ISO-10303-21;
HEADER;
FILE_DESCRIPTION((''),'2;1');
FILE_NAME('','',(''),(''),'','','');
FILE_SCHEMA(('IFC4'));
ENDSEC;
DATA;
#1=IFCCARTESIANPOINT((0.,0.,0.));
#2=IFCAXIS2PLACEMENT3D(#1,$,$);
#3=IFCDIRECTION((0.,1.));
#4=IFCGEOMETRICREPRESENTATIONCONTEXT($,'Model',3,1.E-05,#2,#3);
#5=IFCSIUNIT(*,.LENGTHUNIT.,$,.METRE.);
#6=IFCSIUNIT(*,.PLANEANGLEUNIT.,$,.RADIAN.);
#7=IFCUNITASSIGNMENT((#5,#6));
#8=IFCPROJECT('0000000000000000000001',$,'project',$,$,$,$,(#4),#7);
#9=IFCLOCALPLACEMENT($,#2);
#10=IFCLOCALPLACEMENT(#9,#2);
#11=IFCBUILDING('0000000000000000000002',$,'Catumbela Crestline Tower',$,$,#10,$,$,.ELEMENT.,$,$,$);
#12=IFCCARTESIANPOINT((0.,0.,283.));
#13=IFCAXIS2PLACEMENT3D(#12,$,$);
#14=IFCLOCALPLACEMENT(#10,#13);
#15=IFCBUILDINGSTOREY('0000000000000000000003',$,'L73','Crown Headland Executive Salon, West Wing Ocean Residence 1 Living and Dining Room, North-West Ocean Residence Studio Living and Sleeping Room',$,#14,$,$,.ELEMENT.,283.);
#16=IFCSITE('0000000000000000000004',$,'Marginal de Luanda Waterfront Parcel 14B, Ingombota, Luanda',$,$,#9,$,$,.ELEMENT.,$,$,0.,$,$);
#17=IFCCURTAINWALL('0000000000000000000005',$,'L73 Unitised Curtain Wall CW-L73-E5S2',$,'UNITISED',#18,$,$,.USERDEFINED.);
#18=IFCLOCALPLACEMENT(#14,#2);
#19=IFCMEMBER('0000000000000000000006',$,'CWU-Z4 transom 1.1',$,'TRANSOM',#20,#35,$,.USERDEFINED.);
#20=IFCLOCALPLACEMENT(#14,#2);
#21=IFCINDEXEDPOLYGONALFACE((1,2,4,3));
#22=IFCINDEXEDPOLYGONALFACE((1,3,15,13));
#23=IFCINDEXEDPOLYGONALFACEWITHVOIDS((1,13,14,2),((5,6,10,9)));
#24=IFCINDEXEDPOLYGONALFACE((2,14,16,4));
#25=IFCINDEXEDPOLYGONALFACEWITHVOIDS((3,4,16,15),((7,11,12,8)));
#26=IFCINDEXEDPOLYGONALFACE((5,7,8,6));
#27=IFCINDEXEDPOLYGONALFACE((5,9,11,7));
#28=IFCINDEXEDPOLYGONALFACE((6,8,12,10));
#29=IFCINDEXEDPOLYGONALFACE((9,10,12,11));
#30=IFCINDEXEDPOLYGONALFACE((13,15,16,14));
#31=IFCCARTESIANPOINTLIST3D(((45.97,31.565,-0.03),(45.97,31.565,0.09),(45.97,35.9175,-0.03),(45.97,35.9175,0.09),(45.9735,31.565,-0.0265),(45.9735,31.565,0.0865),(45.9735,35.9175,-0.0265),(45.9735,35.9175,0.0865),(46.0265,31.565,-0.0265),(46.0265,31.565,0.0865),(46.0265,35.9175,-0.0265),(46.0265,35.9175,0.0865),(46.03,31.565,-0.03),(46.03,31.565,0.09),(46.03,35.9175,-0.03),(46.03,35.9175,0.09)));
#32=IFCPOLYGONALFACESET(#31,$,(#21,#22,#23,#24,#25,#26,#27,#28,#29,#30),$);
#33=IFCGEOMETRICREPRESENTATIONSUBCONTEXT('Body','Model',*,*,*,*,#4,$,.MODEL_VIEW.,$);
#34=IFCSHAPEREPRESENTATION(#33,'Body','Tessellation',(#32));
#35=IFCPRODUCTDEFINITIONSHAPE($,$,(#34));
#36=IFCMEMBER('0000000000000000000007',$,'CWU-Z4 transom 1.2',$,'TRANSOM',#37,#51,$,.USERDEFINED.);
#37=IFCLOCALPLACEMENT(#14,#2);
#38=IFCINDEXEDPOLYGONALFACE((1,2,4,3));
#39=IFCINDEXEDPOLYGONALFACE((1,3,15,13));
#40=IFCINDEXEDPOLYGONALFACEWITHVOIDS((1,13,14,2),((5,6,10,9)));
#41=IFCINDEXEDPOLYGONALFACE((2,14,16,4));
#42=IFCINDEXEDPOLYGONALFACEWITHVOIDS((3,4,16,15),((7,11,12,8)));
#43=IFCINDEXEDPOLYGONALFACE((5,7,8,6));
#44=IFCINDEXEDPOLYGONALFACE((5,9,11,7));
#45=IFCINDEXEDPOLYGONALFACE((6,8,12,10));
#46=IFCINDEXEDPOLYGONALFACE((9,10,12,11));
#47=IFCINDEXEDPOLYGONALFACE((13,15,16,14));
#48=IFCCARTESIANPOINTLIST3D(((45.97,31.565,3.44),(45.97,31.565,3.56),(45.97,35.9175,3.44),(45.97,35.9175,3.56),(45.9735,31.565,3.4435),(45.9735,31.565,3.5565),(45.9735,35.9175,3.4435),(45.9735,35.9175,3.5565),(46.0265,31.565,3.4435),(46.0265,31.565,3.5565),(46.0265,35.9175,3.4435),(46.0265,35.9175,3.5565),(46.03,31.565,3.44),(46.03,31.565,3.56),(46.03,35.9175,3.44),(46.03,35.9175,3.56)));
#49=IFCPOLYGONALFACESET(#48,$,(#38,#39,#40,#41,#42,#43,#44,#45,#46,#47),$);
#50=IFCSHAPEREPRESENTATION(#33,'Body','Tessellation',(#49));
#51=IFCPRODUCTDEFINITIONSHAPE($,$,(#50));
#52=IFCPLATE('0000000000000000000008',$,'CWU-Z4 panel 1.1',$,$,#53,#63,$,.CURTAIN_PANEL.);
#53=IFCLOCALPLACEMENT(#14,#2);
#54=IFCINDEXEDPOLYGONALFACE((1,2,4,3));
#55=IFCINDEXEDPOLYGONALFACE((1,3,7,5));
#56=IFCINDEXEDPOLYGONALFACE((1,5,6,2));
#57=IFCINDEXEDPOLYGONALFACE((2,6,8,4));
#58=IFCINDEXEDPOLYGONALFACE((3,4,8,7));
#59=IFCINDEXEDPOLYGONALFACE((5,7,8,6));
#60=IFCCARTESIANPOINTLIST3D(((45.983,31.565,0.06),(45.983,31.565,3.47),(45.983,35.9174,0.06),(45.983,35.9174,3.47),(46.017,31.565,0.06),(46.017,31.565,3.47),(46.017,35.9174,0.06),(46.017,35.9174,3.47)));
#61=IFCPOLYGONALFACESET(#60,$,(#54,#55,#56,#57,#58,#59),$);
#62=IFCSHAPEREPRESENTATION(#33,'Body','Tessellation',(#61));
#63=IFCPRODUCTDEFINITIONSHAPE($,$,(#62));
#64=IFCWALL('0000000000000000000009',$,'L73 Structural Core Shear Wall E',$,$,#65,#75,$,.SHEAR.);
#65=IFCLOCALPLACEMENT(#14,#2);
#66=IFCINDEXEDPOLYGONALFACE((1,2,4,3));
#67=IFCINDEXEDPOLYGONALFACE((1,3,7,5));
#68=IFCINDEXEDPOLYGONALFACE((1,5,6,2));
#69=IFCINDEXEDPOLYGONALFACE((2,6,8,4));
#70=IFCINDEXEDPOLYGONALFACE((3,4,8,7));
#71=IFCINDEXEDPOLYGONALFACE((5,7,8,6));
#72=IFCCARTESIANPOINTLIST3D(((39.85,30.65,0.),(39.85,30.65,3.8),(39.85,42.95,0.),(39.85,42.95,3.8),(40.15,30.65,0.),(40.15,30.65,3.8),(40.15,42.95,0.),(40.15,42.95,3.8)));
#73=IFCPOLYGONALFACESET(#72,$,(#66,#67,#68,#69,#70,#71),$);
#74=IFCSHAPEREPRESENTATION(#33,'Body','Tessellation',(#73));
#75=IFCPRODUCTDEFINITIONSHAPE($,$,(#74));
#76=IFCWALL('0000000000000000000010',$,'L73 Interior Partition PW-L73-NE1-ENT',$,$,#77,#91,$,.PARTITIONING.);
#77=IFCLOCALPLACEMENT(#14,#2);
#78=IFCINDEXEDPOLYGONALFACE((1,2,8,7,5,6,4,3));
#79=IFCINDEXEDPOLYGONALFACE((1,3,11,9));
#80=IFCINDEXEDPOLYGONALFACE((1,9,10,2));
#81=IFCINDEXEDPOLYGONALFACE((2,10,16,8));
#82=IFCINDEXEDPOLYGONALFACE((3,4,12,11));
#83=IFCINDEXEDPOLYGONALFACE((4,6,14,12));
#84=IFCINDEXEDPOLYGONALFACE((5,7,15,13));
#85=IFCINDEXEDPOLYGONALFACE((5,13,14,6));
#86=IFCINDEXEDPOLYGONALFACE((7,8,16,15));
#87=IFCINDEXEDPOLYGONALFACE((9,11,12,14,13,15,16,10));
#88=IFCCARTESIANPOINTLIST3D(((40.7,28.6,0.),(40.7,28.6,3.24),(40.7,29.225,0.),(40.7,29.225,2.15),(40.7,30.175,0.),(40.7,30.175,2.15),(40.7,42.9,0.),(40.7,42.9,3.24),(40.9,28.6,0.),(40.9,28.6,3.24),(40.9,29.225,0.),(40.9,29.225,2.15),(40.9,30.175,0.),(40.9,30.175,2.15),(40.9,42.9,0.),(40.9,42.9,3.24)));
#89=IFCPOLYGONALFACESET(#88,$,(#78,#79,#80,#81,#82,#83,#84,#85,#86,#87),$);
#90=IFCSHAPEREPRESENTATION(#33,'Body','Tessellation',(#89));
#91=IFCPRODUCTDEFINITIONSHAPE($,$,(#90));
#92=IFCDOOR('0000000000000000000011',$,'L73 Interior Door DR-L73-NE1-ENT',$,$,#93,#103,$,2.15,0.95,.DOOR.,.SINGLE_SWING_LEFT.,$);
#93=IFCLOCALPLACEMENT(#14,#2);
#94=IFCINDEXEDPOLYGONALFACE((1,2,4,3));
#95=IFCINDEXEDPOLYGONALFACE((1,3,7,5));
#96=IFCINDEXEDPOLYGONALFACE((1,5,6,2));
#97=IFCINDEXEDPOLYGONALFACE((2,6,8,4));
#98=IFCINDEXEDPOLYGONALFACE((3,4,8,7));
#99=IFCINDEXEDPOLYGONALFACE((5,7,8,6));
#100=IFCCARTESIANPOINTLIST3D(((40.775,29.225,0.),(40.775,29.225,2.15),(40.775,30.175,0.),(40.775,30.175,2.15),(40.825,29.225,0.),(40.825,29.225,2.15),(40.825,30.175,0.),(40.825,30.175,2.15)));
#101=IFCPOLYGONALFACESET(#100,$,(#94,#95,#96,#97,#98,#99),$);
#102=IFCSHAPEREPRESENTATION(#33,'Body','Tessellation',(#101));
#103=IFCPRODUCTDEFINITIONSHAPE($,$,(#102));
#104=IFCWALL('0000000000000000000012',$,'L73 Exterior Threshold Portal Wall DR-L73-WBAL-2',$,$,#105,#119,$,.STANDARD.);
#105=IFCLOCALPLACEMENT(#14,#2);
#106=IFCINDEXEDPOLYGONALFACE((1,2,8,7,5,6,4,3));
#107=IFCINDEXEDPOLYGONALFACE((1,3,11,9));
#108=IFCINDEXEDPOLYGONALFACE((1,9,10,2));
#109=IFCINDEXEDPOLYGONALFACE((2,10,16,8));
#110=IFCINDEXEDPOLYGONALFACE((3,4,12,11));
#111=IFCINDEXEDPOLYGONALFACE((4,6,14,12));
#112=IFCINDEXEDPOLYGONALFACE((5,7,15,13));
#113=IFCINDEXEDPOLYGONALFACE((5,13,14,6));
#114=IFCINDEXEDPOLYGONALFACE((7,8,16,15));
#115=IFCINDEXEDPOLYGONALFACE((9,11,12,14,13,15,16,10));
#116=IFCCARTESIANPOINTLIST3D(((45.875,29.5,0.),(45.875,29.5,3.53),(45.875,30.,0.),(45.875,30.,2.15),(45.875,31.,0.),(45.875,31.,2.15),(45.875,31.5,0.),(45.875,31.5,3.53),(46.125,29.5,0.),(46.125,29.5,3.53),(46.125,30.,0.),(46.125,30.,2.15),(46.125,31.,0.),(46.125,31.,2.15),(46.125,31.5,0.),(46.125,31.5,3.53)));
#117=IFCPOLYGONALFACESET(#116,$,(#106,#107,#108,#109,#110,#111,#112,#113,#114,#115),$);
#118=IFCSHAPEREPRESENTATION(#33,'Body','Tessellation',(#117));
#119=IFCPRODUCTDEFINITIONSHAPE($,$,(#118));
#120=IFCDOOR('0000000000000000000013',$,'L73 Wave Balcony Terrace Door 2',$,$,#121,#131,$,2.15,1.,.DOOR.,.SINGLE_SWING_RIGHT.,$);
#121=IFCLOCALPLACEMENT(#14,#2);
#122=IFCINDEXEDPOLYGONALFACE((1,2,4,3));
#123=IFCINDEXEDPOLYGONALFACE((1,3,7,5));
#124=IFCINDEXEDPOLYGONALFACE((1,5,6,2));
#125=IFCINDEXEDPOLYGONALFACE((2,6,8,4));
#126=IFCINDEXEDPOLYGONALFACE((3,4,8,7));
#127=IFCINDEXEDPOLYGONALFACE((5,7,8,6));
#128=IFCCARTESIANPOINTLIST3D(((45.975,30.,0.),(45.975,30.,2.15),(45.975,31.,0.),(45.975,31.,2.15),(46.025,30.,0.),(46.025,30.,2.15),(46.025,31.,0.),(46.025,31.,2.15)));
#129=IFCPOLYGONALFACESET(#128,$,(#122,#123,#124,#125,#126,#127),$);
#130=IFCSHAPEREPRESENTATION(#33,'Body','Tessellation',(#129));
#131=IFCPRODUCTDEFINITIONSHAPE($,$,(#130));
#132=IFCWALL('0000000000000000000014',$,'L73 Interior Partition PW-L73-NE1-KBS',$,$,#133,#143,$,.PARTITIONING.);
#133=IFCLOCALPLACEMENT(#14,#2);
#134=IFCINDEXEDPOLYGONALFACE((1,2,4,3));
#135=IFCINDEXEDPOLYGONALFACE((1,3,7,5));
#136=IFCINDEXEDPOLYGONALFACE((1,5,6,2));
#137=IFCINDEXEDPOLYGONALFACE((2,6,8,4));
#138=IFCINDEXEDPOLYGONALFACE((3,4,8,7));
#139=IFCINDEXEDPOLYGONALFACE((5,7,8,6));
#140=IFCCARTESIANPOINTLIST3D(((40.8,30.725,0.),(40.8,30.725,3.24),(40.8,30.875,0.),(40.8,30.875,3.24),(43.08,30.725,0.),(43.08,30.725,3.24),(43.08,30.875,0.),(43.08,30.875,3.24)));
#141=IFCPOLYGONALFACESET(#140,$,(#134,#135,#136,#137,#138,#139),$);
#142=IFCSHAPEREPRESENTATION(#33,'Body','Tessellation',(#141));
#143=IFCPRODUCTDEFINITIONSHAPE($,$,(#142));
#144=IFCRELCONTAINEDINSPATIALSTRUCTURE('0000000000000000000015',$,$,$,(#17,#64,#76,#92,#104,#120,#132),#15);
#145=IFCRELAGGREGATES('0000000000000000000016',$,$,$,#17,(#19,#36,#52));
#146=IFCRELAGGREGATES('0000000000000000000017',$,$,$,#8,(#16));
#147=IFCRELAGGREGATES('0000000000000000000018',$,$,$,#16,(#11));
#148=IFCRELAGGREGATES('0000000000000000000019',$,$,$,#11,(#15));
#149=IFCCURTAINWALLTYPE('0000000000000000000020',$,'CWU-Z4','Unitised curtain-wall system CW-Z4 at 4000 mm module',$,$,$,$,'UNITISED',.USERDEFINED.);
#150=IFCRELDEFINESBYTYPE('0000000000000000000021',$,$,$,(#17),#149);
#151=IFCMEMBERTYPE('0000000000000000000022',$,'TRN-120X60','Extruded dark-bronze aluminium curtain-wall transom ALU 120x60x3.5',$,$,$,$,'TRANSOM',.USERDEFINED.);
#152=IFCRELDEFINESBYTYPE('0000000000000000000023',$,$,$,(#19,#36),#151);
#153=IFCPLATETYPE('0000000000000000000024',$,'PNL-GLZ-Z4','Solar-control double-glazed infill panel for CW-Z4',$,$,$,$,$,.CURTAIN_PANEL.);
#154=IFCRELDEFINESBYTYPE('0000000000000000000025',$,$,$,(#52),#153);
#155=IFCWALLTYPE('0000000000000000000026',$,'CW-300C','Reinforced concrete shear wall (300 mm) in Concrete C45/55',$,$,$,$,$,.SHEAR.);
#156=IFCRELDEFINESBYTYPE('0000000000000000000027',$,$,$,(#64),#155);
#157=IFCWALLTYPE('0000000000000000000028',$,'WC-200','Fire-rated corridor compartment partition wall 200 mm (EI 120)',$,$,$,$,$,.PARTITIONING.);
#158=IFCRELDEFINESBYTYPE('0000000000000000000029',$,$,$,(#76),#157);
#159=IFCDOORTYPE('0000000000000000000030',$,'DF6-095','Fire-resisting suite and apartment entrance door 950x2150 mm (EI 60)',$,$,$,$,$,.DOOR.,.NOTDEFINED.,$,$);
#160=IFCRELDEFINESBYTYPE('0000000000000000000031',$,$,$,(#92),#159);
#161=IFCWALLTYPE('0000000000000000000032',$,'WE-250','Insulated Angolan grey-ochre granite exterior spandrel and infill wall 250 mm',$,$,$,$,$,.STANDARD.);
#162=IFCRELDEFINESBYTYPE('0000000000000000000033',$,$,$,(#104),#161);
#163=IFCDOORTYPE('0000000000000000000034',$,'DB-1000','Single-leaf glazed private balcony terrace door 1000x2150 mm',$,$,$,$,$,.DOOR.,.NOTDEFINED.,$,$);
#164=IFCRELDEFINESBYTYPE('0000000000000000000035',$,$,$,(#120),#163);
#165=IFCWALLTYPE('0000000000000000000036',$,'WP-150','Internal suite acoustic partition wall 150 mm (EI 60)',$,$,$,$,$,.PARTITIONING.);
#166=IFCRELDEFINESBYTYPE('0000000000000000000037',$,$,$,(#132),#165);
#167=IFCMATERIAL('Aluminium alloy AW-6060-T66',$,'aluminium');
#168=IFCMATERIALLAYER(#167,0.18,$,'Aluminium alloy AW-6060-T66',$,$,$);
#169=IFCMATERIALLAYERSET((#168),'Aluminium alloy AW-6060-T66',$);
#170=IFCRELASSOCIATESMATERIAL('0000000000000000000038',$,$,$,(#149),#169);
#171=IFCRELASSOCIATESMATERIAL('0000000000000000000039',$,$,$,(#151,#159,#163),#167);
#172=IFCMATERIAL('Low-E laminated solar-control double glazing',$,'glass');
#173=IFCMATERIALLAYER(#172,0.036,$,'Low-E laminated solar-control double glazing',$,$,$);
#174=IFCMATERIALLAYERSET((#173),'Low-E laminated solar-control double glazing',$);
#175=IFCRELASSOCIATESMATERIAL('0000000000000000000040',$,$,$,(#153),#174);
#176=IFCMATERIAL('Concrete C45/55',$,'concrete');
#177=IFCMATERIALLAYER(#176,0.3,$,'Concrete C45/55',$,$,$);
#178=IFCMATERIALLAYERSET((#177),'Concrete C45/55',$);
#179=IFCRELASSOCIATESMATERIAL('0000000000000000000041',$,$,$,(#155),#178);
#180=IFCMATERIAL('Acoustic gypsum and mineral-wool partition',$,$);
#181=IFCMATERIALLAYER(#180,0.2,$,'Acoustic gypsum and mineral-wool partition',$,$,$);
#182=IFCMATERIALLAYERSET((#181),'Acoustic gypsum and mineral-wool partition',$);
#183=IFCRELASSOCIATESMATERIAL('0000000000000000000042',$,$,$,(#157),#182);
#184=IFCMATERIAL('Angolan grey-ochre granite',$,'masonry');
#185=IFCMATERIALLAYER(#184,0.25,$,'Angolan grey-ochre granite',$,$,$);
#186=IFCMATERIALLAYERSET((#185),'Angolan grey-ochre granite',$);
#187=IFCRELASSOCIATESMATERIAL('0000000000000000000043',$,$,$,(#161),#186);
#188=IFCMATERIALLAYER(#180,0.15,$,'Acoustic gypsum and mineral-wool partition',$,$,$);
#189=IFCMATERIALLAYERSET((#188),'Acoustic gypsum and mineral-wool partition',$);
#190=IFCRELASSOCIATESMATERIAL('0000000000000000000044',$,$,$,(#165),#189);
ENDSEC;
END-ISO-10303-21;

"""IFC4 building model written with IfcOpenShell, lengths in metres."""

from ifc_helpers import new_model, si_unit, direction, frame, frame_2d, origin, origin_2d, place, context, subcontext, project, spatial, rectangle, hollow_rectangle, extrude, material, layer, layer_set, material_profile, profile_set, type_object, element, fill, aggregate, save


model = new_model("IFC4")

# Units and contexts
model_context = context("Model", 3, precision=1e-05, world=origin(), true_north=direction((0.0, 1.0)))
body_context = subcontext(model_context, "Body", "Model", "MODEL_VIEW")
ifc_project = project(units=[si_unit("LENGTHUNIT", "METRE"), si_unit("PLANEANGLEUNIT", "RADIAN")], contexts=[model_context])

# Site, building, storey
site_placement = place(None, origin())
site = spatial("IfcSite", under=ifc_project, at=site_placement, Name="Marginal de Luanda Waterfront Parcel 14B, Ingombota, Luanda", CompositionType="ELEMENT", RefElevation=0.0)
building_placement = place(site_placement, origin())
building = spatial("IfcBuilding", under=site, at=building_placement, Name="Catumbela Crestline Tower", CompositionType="ELEMENT")
storey_placement = place(building_placement, frame((0.0, 0.0, 283.0)))
storey = spatial("IfcBuildingStorey", under=building, at=storey_placement, Name="L73", Description="Crown Headland Executive Salon, West Wing Ocean Residence 1 Living and Dining Room, North-West Ocean Residence Studio Living and Sleeping Room", CompositionType="ELEMENT", Elevation=283.0)

# Curtain wall, members, plate
ifc_material_1 = material(Name="Aluminium alloy AW-6060-T66", Category="aluminium")
ifc_layer_1 = layer(ifc_material_1, 0.18, Name="Aluminium alloy AW-6060-T66")
ifc_layer_set_1 = layer_set([ifc_layer_1], Name="Aluminium alloy AW-6060-T66")
curtain_wall_type = type_object("IfcCurtainWallType", Name="CWU-Z4", Description="Unitised curtain-wall system CW-Z4 at 4000 mm module", ElementType="UNITISED", PredefinedType="USERDEFINED", material=ifc_layer_set_1)
curtain_wall_placement = place(storey_placement, origin())
curtain_wall = element("IfcCurtainWall", 1, at=curtain_wall_placement, inside=storey, type_object=curtain_wall_type, Name="L73 Unitised Curtain Wall CW-L73-E5S2", ObjectType="UNITISED", PredefinedType="USERDEFINED")
ifc_material_profile_1 = material_profile(ifc_material_1, hollow_rectangle(XDim=0.06, YDim=0.12, WallThickness=0.0035, at=origin_2d()), Name="ALU 120x60x3.5")
ifc_profile_set_1 = profile_set([ifc_material_profile_1], Name="Aluminium alloy AW-6060-T66")
member_type_1 = type_object("IfcMemberType", Name="TRN-120X60", Description="Extruded dark-bronze aluminium curtain-wall transom ALU 120x60x3.5", ElementType="TRANSOM", PredefinedType="USERDEFINED", material=ifc_profile_set_1)
member_1_placement = place(storey_placement, frame((46.0, 31.565, 0.03), z_axis=(0.0, 1.0, 0.0), x_axis=(-1.0, 0.0, 0.0)))
member_1 = element("IfcMember", 2, at=member_1_placement, type_object=member_type_1, Name="CWU-Z4 transom 1.1", ObjectType="TRANSOM", PredefinedType="USERDEFINED", context=body_context, shape_type="SweptSolid", body=[
    extrude(hollow_rectangle(XDim=0.06, YDim=0.12, WallThickness=0.0035, at=origin_2d()), origin(), (0.0, 0.0, 1.0), 4.3525),
])
member_2_placement = place(storey_placement, frame((46.0, 31.565, 3.5), z_axis=(0.0, 1.0, 0.0), x_axis=(-1.0, 0.0, 0.0)))
member_2 = element("IfcMember", 3, at=member_2_placement, type_object=member_type_1, Name="CWU-Z4 transom 1.2", ObjectType="TRANSOM", PredefinedType="USERDEFINED", context=body_context, shape_type="SweptSolid", body=[
    extrude(hollow_rectangle(XDim=0.06, YDim=0.12, WallThickness=0.0035, at=origin_2d()), origin(), (0.0, 0.0, 1.0), 4.3525),
])
ifc_material_2 = material(Name="Low-E laminated solar-control double glazing", Category="glass")
ifc_layer_2 = layer(ifc_material_2, 0.036, Name="Low-E laminated solar-control double glazing")
ifc_layer_set_2 = layer_set([ifc_layer_2], Name="Low-E laminated solar-control double glazing")
plate_type = type_object("IfcPlateType", Name="PNL-GLZ-Z4", Description="Solar-control double-glazed infill panel for CW-Z4", PredefinedType="CURTAIN_PANEL", material=ifc_layer_set_2)
plate_placement = place(storey_placement, frame((46.0, 33.7412, 0.06), z_axis=(0.0, 0.0, 1.0), x_axis=(0.0, 1.0, 0.0)))
plate = element("IfcPlate", 4, at=plate_placement, type_object=plate_type, Name="CWU-Z4 panel 1.1", PredefinedType="CURTAIN_PANEL", context=body_context, shape_type="SweptSolid", body=[
    extrude(rectangle(XDim=4.3525, YDim=0.034, at=origin_2d()), origin(), (0.0, 0.0, 1.0), 3.41),
])
aggregate(curtain_wall, [member_1, member_2, plate])

# Wall
ifc_material_3 = material(Name="Concrete C45/55", Category="concrete")
ifc_layer_3 = layer(ifc_material_3, 0.3, Name="Concrete C45/55")
ifc_layer_set_3 = layer_set([ifc_layer_3], Name="Concrete C45/55")
wall_type_1 = type_object("IfcWallType", Name="CW-300C", Description="Reinforced concrete shear wall (300 mm) in Concrete C45/55", PredefinedType="SHEAR", material=ifc_layer_set_3)
wall_1_placement = place(storey_placement, frame((40.0, 30.65, 0.0), z_axis=(0.0, 0.0, 1.0), x_axis=(0.0, 1.0, 0.0)))
element("IfcWall", 5, at=wall_1_placement, inside=storey, type_object=wall_type_1, Name="L73 Structural Core Shear Wall E", PredefinedType="SHEAR", context=body_context, shape_type="SweptSolid", body=[
    extrude(rectangle(XDim=12.3, YDim=0.3, at=frame_2d((6.15, 0.0))), origin(), (0.0, 0.0, 1.0), 3.8),
])

# Walls, openings, doors
ifc_material_4 = material(Name="Acoustic gypsum and mineral-wool partition")
ifc_layer_4 = layer(ifc_material_4, 0.2, Name="Acoustic gypsum and mineral-wool partition")
ifc_layer_set_4 = layer_set([ifc_layer_4], Name="Acoustic gypsum and mineral-wool partition")
wall_type_2 = type_object("IfcWallType", Name="WC-200", Description="Fire-rated corridor compartment partition wall 200 mm (EI 120)", PredefinedType="PARTITIONING", material=ifc_layer_set_4)
wall_2_placement = place(storey_placement, frame((40.8, 28.6, 0.0), z_axis=(0.0, 0.0, 1.0), x_axis=(0.0, 1.0, 0.0)))
wall_2 = element("IfcWall", 6, at=wall_2_placement, inside=storey, type_object=wall_type_2, Name="L73 Interior Partition PW-L73-NE1-ENT", PredefinedType="PARTITIONING", context=body_context, shape_type="SweptSolid", body=[
    extrude(rectangle(XDim=14.3, YDim=0.2, at=frame_2d((7.15, 0.0))), origin(), (0.0, 0.0, 1.0), 3.24),
])
opening_1_placement = place(wall_2_placement, frame((0.625, 0.0, 0.0)))
opening_1 = element("IfcOpeningElement", 7, at=opening_1_placement, cuts=wall_2, PredefinedType="OPENING", context=body_context, shape_type="SweptSolid", body=[
    extrude(rectangle(XDim=0.95, YDim=2.15, at=frame_2d((0.475, 1.075))), frame((0.0, 0.11, 0.0), z_axis=(0.0, -1.0, 0.0), x_axis=(1.0, 0.0, 0.0)), (0.0, 0.0, 1.0), 0.22),
])
door_type_1 = type_object("IfcDoorType", Name="DF6-095", Description="Fire-resisting suite and apartment entrance door 950x2150 mm (EI 60)", OperationType="NOTDEFINED", PredefinedType="DOOR", material=ifc_material_1)
door_1_placement = place(opening_1_placement, origin())
door_1 = element("IfcDoor", 8, at=door_1_placement, inside=storey, type_object=door_type_1, Name="L73 Interior Door DR-L73-NE1-ENT", OperationType="SINGLE_SWING_LEFT", OverallHeight=2.15, OverallWidth=0.95, PredefinedType="DOOR", context=body_context, shape_type="SweptSolid", body=[
    extrude(rectangle(XDim=0.95, YDim=2.15, at=frame_2d((0.475, 1.075))), frame((0.0, 0.025, 0.0), z_axis=(0.0, -1.0, 0.0), x_axis=(1.0, 0.0, 0.0)), (0.0, 0.0, 1.0), 0.05),
])
fill(opening_1, door_1)
ifc_material_5 = material(Name="Angolan grey-ochre granite", Category="masonry")
ifc_layer_5 = layer(ifc_material_5, 0.25, Name="Angolan grey-ochre granite")
ifc_layer_set_5 = layer_set([ifc_layer_5], Name="Angolan grey-ochre granite")
wall_type_3 = type_object("IfcWallType", Name="WE-250", Description="Insulated Angolan grey-ochre granite exterior spandrel and infill wall 250 mm", PredefinedType="STANDARD", material=ifc_layer_set_5)
wall_3_placement = place(storey_placement, frame((46.0, 29.5, 0.0), z_axis=(0.0, 0.0, 1.0), x_axis=(0.0, 1.0, 0.0)))
wall_3 = element("IfcWall", 9, at=wall_3_placement, inside=storey, type_object=wall_type_3, Name="L73 Exterior Threshold Portal Wall DR-L73-WBAL-2", PredefinedType="STANDARD", context=body_context, shape_type="SweptSolid", body=[
    extrude(rectangle(XDim=2.0, YDim=0.25, at=frame_2d((1.0, 0.0))), origin(), (0.0, 0.0, 1.0), 3.53),
])
opening_2_placement = place(wall_3_placement, frame((0.5, 0.0, 0.0)))
opening_2 = element("IfcOpeningElement", 10, at=opening_2_placement, cuts=wall_3, PredefinedType="OPENING", context=body_context, shape_type="SweptSolid", body=[
    extrude(rectangle(XDim=1.0, YDim=2.15, at=frame_2d((0.5, 1.075))), frame((0.0, 0.135, 0.0), z_axis=(0.0, -1.0, 0.0), x_axis=(1.0, 0.0, 0.0)), (0.0, 0.0, 1.0), 0.27),
])
door_type_2 = type_object("IfcDoorType", Name="DB-1000", Description="Single-leaf glazed private balcony terrace door 1000x2150 mm", OperationType="NOTDEFINED", PredefinedType="DOOR", material=ifc_material_1)
door_2_placement = place(opening_2_placement, origin())
door_2 = element("IfcDoor", 11, at=door_2_placement, inside=storey, type_object=door_type_2, Name="L73 Wave Balcony Terrace Door 2", OperationType="SINGLE_SWING_RIGHT", OverallHeight=2.15, OverallWidth=1.0, PredefinedType="DOOR", context=body_context, shape_type="SweptSolid", body=[
    extrude(rectangle(XDim=1.0, YDim=2.15, at=frame_2d((0.5, 1.075))), frame((0.0, 0.025, 0.0), z_axis=(0.0, -1.0, 0.0), x_axis=(1.0, 0.0, 0.0)), (0.0, 0.0, 1.0), 0.05),
])
fill(opening_2, door_2)

# Wall
ifc_layer_6 = layer(ifc_material_4, 0.15, Name="Acoustic gypsum and mineral-wool partition")
ifc_layer_set_6 = layer_set([ifc_layer_6], Name="Acoustic gypsum and mineral-wool partition")
wall_type_4 = type_object("IfcWallType", Name="WP-150", Description="Internal suite acoustic partition wall 150 mm (EI 60)", PredefinedType="PARTITIONING", material=ifc_layer_set_6)
wall_4_placement = place(storey_placement, frame((40.8, 30.8, 0.0), z_axis=(0.0, 0.0, 1.0), x_axis=(1.0, 0.0, 0.0)))
element("IfcWall", 12, at=wall_4_placement, inside=storey, type_object=wall_type_4, Name="L73 Interior Partition PW-L73-NE1-KBS", PredefinedType="PARTITIONING", context=body_context, shape_type="SweptSolid", body=[
    extrude(rectangle(XDim=2.28, YDim=0.15, at=frame_2d((1.14, 0.0))), origin(), (0.0, 0.0, 1.0), 3.24),
])

save(model, "model.ifc")
